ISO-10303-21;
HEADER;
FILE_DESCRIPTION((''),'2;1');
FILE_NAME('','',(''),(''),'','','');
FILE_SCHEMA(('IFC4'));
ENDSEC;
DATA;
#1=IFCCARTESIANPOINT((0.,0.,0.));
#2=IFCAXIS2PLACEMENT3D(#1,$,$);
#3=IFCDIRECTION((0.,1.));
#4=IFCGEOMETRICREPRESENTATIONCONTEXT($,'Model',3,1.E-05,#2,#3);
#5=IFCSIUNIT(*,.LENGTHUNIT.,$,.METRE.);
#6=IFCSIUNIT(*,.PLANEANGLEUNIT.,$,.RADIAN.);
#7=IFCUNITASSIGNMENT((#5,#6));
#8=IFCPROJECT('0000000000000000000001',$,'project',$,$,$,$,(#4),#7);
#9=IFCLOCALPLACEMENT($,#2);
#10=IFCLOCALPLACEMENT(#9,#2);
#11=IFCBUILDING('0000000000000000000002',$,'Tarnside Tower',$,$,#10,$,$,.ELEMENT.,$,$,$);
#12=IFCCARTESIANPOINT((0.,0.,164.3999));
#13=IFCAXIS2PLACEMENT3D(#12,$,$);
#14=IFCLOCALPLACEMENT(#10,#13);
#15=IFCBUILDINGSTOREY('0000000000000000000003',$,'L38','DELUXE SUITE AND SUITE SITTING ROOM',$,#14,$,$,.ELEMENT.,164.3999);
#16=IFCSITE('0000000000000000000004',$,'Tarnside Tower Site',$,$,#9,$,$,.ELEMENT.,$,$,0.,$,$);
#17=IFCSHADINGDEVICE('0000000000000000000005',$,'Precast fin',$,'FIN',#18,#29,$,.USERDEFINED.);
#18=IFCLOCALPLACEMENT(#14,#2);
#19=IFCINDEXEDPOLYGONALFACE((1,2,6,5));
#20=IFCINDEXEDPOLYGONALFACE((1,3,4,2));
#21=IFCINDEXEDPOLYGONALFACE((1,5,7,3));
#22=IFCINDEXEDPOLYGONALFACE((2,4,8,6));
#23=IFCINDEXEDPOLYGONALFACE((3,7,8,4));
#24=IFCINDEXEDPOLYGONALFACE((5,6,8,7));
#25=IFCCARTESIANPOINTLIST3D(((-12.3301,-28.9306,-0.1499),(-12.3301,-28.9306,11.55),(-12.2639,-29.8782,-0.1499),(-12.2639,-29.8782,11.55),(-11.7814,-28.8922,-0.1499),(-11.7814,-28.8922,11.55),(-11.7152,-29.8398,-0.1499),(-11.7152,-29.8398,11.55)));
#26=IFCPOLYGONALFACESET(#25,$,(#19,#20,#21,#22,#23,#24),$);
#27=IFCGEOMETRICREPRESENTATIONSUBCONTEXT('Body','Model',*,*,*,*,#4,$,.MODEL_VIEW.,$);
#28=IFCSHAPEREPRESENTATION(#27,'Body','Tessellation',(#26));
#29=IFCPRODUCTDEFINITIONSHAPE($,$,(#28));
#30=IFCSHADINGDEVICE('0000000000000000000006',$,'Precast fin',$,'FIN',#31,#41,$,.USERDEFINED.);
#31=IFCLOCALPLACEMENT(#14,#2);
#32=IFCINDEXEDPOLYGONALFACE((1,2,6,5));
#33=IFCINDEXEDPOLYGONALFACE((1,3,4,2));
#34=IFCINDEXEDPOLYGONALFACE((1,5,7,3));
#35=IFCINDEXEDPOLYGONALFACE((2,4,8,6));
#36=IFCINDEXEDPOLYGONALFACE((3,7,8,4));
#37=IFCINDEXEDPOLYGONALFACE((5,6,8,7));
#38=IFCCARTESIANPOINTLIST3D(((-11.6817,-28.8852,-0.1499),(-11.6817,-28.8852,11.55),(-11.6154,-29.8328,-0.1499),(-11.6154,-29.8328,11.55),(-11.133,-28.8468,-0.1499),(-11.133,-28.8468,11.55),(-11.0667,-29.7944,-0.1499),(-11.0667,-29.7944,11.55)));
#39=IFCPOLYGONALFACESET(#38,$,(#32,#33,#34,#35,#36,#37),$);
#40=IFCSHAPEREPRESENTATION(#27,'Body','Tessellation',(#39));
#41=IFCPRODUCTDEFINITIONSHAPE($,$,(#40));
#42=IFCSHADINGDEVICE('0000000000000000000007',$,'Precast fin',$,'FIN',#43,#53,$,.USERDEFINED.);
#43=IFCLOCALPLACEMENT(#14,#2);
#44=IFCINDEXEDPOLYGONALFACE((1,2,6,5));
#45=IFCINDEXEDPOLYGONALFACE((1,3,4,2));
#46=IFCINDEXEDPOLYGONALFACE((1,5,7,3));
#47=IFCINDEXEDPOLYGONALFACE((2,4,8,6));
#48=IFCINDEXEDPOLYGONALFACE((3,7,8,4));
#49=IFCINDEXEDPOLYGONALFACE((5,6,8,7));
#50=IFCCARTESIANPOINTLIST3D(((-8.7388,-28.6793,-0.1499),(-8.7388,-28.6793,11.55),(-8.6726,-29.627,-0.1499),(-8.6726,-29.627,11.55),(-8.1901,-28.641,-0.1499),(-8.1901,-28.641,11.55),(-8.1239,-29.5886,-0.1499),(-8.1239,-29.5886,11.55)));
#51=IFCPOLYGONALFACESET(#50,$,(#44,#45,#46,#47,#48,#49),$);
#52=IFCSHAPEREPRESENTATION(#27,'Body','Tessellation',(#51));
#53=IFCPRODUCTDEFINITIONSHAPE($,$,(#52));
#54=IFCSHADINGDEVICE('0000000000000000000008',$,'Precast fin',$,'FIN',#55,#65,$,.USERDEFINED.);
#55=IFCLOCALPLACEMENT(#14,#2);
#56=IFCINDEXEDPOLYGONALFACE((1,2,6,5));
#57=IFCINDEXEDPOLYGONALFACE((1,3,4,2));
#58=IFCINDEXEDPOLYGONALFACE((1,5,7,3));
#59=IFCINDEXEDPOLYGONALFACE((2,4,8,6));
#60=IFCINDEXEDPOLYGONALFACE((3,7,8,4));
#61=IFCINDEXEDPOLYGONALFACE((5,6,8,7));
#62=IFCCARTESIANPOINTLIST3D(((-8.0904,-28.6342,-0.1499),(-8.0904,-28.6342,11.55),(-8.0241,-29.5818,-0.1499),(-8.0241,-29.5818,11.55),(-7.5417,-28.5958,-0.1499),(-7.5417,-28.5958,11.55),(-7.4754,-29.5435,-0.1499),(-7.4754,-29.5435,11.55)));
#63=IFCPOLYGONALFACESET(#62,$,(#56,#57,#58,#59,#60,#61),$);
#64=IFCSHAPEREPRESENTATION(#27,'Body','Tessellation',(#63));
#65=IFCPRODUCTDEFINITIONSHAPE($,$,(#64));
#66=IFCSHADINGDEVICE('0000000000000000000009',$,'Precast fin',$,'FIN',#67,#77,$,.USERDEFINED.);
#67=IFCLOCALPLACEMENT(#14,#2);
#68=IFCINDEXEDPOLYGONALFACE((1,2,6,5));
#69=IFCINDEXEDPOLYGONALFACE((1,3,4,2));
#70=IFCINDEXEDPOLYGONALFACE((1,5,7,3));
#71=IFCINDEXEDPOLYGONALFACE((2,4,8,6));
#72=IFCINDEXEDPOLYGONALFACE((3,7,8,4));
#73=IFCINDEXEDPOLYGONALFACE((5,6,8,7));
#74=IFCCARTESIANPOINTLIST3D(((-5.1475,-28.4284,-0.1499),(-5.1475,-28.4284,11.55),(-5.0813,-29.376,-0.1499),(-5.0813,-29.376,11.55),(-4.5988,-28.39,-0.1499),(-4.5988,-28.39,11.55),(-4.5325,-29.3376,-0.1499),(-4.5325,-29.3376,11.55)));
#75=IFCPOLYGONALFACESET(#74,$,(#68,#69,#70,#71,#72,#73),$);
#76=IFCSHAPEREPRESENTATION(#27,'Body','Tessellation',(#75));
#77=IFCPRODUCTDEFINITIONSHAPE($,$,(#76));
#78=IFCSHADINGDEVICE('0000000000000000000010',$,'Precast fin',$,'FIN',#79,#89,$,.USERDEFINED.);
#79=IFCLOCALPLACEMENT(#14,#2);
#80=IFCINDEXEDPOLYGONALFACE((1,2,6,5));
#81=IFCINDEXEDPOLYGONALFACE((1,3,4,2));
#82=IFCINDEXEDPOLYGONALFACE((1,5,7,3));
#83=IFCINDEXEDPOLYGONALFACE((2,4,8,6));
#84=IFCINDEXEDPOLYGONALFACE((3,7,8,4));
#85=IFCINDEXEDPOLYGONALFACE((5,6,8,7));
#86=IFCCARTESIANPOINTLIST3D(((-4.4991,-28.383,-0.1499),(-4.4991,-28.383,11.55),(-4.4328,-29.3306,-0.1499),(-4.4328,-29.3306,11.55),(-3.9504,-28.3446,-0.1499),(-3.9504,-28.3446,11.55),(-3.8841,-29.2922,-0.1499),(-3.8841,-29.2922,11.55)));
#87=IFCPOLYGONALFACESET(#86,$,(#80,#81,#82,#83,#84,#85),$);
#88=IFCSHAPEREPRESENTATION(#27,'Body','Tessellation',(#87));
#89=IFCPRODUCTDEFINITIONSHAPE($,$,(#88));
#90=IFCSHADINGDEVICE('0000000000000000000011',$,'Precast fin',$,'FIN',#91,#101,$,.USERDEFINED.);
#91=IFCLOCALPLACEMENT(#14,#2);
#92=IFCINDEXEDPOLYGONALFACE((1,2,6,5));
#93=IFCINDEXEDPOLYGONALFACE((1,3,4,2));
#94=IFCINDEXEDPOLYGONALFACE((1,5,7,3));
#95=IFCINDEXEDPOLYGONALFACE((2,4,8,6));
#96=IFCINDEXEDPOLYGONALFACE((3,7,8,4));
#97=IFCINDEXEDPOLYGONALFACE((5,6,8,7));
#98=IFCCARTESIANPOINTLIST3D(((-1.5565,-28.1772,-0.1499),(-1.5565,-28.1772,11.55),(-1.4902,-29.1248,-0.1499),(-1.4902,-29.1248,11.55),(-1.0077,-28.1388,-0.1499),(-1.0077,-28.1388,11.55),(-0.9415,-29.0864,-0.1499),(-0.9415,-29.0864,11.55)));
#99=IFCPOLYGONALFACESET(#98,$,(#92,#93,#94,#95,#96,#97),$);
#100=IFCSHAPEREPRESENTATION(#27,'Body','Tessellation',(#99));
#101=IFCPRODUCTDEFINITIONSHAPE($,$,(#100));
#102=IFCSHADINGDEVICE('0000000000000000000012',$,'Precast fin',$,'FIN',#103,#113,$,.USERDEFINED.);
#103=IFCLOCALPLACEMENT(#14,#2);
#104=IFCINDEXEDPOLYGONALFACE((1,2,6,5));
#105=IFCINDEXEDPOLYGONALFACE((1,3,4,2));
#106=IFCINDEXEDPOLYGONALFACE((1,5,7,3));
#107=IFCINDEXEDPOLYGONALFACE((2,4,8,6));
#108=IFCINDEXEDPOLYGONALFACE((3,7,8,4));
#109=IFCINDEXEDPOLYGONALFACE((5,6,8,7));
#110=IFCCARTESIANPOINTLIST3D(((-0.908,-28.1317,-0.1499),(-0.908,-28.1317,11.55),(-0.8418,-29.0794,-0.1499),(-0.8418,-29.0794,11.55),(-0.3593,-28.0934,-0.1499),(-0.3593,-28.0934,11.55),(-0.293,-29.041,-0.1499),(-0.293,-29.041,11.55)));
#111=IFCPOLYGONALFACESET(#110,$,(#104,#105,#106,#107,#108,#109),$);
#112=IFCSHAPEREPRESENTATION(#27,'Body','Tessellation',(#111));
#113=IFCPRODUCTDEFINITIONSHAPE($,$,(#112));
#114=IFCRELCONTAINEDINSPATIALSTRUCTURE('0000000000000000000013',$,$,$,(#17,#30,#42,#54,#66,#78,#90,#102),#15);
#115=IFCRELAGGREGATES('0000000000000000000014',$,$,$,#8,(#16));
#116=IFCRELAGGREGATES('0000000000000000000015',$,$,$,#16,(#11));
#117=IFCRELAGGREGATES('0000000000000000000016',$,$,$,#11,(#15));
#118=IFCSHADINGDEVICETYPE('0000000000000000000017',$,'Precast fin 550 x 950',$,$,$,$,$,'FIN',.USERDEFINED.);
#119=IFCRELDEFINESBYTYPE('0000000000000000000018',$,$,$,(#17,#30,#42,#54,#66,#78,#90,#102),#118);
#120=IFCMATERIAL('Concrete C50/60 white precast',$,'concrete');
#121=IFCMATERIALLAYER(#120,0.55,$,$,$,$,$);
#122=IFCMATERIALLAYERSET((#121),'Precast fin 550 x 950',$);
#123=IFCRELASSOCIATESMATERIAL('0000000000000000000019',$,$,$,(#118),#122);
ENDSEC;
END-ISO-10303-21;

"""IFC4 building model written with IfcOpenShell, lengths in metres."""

from ifc_helpers import new_model, si_unit, direction, frame, origin, place, context, subcontext, project, spatial, polyline, outline, extrude, material, layer, layer_set, type_object, element, save


model = new_model("IFC4")

# Units and contexts
model_context = context("Model", 3, precision=1e-05, world=origin(), true_north=direction((0.0, 1.0)))
body_context = subcontext(model_context, "Body", "Model", "MODEL_VIEW")
ifc_project = project(units=[si_unit("LENGTHUNIT", "METRE"), si_unit("PLANEANGLEUNIT", "RADIAN")], contexts=[model_context])

# Site, building, storey
site_placement = place(None, origin())
site = spatial("IfcSite", under=ifc_project, at=site_placement, Name="Tarnside Tower Site", CompositionType="ELEMENT", RefElevation=0.0)
building_placement = place(site_placement, origin())
building = spatial("IfcBuilding", under=site, at=building_placement, Name="Tarnside Tower", CompositionType="ELEMENT")
storey_placement = place(building_placement, frame((0.0, 0.0, 164.3999)))
storey = spatial("IfcBuildingStorey", under=building, at=storey_placement, Name="L38", Description="DELUXE SUITE AND SUITE SITTING ROOM", CompositionType="ELEMENT", Elevation=164.3999)

# Shading devices
ifc_material_1 = material(Name="Concrete C50/60 white precast", Category="concrete")
ifc_layer_1 = layer(ifc_material_1, 0.55)
ifc_layer_set_1 = layer_set([ifc_layer_1], Name="Precast fin 550 x 950")
shading_device_type_1 = type_object("IfcShadingDeviceType", Name="Precast fin 550 x 950", ElementType="FIN", PredefinedType="USERDEFINED", material=ifc_layer_set_1)
for number, where, z_axis, x_axis, name in (
    (1, (-12.0557, -28.9114, -0.1499), (-0.997564, -0.069756, 0.0), (0.069756, -0.997564, 0.0), "Precast fin"),
    (2, (-11.4072, -28.866, -0.1499), (-0.997564, -0.069756, 0.0), (0.069756, -0.997564, 0.0), "Precast fin"),
    (3, (-8.4644, -28.6602, -0.1499), (-0.997564, -0.069756, 0.0), (0.069756, -0.997564, 0.0), "Precast fin"),
    (4, (-7.8159, -28.615, -0.1499), (-0.997564, -0.069756, 0.0), (0.069756, -0.997564, 0.0), "Precast fin"),
    (5, (-4.873, -28.4092, -0.1499), (-0.997564, -0.069756, 0.0), (0.069756, -0.997564, 0.0), "Precast fin"),
    (6, (-4.2246, -28.3638, -0.1499), (-0.997564, -0.069756, 0.0), (0.069756, -0.997564, 0.0), "Precast fin"),
    (7, (-1.282, -28.158, -0.1499), (-0.997564, -0.069756, 0.0), (0.069756, -0.997564, 0.0), "Precast fin"),
    (8, (-0.6335, -28.1125, -0.1499), (-0.997564, -0.069756, 0.0), (0.069756, -0.997564, 0.0), "Precast fin"),
):
    element("IfcShadingDevice", number, at=place(storey_placement, frame(where, z_axis=z_axis, x_axis=x_axis)), inside=storey, type_object=shading_device_type_1, Name=name, ObjectType="FIN", PredefinedType="USERDEFINED", context=body_context, shape_type="SweptSolid", body=[
        extrude(outline(polyline([(0.0, 0.0), (0.95, 0.0), (0.95, 11.7), (0.0, 11.7), (0.0, 0.0)])), frame((0.0, 0.0, -0.2749)), (0.0, 0.0, 1.0), 0.55),
    ])

save(model, "model.ifc")
